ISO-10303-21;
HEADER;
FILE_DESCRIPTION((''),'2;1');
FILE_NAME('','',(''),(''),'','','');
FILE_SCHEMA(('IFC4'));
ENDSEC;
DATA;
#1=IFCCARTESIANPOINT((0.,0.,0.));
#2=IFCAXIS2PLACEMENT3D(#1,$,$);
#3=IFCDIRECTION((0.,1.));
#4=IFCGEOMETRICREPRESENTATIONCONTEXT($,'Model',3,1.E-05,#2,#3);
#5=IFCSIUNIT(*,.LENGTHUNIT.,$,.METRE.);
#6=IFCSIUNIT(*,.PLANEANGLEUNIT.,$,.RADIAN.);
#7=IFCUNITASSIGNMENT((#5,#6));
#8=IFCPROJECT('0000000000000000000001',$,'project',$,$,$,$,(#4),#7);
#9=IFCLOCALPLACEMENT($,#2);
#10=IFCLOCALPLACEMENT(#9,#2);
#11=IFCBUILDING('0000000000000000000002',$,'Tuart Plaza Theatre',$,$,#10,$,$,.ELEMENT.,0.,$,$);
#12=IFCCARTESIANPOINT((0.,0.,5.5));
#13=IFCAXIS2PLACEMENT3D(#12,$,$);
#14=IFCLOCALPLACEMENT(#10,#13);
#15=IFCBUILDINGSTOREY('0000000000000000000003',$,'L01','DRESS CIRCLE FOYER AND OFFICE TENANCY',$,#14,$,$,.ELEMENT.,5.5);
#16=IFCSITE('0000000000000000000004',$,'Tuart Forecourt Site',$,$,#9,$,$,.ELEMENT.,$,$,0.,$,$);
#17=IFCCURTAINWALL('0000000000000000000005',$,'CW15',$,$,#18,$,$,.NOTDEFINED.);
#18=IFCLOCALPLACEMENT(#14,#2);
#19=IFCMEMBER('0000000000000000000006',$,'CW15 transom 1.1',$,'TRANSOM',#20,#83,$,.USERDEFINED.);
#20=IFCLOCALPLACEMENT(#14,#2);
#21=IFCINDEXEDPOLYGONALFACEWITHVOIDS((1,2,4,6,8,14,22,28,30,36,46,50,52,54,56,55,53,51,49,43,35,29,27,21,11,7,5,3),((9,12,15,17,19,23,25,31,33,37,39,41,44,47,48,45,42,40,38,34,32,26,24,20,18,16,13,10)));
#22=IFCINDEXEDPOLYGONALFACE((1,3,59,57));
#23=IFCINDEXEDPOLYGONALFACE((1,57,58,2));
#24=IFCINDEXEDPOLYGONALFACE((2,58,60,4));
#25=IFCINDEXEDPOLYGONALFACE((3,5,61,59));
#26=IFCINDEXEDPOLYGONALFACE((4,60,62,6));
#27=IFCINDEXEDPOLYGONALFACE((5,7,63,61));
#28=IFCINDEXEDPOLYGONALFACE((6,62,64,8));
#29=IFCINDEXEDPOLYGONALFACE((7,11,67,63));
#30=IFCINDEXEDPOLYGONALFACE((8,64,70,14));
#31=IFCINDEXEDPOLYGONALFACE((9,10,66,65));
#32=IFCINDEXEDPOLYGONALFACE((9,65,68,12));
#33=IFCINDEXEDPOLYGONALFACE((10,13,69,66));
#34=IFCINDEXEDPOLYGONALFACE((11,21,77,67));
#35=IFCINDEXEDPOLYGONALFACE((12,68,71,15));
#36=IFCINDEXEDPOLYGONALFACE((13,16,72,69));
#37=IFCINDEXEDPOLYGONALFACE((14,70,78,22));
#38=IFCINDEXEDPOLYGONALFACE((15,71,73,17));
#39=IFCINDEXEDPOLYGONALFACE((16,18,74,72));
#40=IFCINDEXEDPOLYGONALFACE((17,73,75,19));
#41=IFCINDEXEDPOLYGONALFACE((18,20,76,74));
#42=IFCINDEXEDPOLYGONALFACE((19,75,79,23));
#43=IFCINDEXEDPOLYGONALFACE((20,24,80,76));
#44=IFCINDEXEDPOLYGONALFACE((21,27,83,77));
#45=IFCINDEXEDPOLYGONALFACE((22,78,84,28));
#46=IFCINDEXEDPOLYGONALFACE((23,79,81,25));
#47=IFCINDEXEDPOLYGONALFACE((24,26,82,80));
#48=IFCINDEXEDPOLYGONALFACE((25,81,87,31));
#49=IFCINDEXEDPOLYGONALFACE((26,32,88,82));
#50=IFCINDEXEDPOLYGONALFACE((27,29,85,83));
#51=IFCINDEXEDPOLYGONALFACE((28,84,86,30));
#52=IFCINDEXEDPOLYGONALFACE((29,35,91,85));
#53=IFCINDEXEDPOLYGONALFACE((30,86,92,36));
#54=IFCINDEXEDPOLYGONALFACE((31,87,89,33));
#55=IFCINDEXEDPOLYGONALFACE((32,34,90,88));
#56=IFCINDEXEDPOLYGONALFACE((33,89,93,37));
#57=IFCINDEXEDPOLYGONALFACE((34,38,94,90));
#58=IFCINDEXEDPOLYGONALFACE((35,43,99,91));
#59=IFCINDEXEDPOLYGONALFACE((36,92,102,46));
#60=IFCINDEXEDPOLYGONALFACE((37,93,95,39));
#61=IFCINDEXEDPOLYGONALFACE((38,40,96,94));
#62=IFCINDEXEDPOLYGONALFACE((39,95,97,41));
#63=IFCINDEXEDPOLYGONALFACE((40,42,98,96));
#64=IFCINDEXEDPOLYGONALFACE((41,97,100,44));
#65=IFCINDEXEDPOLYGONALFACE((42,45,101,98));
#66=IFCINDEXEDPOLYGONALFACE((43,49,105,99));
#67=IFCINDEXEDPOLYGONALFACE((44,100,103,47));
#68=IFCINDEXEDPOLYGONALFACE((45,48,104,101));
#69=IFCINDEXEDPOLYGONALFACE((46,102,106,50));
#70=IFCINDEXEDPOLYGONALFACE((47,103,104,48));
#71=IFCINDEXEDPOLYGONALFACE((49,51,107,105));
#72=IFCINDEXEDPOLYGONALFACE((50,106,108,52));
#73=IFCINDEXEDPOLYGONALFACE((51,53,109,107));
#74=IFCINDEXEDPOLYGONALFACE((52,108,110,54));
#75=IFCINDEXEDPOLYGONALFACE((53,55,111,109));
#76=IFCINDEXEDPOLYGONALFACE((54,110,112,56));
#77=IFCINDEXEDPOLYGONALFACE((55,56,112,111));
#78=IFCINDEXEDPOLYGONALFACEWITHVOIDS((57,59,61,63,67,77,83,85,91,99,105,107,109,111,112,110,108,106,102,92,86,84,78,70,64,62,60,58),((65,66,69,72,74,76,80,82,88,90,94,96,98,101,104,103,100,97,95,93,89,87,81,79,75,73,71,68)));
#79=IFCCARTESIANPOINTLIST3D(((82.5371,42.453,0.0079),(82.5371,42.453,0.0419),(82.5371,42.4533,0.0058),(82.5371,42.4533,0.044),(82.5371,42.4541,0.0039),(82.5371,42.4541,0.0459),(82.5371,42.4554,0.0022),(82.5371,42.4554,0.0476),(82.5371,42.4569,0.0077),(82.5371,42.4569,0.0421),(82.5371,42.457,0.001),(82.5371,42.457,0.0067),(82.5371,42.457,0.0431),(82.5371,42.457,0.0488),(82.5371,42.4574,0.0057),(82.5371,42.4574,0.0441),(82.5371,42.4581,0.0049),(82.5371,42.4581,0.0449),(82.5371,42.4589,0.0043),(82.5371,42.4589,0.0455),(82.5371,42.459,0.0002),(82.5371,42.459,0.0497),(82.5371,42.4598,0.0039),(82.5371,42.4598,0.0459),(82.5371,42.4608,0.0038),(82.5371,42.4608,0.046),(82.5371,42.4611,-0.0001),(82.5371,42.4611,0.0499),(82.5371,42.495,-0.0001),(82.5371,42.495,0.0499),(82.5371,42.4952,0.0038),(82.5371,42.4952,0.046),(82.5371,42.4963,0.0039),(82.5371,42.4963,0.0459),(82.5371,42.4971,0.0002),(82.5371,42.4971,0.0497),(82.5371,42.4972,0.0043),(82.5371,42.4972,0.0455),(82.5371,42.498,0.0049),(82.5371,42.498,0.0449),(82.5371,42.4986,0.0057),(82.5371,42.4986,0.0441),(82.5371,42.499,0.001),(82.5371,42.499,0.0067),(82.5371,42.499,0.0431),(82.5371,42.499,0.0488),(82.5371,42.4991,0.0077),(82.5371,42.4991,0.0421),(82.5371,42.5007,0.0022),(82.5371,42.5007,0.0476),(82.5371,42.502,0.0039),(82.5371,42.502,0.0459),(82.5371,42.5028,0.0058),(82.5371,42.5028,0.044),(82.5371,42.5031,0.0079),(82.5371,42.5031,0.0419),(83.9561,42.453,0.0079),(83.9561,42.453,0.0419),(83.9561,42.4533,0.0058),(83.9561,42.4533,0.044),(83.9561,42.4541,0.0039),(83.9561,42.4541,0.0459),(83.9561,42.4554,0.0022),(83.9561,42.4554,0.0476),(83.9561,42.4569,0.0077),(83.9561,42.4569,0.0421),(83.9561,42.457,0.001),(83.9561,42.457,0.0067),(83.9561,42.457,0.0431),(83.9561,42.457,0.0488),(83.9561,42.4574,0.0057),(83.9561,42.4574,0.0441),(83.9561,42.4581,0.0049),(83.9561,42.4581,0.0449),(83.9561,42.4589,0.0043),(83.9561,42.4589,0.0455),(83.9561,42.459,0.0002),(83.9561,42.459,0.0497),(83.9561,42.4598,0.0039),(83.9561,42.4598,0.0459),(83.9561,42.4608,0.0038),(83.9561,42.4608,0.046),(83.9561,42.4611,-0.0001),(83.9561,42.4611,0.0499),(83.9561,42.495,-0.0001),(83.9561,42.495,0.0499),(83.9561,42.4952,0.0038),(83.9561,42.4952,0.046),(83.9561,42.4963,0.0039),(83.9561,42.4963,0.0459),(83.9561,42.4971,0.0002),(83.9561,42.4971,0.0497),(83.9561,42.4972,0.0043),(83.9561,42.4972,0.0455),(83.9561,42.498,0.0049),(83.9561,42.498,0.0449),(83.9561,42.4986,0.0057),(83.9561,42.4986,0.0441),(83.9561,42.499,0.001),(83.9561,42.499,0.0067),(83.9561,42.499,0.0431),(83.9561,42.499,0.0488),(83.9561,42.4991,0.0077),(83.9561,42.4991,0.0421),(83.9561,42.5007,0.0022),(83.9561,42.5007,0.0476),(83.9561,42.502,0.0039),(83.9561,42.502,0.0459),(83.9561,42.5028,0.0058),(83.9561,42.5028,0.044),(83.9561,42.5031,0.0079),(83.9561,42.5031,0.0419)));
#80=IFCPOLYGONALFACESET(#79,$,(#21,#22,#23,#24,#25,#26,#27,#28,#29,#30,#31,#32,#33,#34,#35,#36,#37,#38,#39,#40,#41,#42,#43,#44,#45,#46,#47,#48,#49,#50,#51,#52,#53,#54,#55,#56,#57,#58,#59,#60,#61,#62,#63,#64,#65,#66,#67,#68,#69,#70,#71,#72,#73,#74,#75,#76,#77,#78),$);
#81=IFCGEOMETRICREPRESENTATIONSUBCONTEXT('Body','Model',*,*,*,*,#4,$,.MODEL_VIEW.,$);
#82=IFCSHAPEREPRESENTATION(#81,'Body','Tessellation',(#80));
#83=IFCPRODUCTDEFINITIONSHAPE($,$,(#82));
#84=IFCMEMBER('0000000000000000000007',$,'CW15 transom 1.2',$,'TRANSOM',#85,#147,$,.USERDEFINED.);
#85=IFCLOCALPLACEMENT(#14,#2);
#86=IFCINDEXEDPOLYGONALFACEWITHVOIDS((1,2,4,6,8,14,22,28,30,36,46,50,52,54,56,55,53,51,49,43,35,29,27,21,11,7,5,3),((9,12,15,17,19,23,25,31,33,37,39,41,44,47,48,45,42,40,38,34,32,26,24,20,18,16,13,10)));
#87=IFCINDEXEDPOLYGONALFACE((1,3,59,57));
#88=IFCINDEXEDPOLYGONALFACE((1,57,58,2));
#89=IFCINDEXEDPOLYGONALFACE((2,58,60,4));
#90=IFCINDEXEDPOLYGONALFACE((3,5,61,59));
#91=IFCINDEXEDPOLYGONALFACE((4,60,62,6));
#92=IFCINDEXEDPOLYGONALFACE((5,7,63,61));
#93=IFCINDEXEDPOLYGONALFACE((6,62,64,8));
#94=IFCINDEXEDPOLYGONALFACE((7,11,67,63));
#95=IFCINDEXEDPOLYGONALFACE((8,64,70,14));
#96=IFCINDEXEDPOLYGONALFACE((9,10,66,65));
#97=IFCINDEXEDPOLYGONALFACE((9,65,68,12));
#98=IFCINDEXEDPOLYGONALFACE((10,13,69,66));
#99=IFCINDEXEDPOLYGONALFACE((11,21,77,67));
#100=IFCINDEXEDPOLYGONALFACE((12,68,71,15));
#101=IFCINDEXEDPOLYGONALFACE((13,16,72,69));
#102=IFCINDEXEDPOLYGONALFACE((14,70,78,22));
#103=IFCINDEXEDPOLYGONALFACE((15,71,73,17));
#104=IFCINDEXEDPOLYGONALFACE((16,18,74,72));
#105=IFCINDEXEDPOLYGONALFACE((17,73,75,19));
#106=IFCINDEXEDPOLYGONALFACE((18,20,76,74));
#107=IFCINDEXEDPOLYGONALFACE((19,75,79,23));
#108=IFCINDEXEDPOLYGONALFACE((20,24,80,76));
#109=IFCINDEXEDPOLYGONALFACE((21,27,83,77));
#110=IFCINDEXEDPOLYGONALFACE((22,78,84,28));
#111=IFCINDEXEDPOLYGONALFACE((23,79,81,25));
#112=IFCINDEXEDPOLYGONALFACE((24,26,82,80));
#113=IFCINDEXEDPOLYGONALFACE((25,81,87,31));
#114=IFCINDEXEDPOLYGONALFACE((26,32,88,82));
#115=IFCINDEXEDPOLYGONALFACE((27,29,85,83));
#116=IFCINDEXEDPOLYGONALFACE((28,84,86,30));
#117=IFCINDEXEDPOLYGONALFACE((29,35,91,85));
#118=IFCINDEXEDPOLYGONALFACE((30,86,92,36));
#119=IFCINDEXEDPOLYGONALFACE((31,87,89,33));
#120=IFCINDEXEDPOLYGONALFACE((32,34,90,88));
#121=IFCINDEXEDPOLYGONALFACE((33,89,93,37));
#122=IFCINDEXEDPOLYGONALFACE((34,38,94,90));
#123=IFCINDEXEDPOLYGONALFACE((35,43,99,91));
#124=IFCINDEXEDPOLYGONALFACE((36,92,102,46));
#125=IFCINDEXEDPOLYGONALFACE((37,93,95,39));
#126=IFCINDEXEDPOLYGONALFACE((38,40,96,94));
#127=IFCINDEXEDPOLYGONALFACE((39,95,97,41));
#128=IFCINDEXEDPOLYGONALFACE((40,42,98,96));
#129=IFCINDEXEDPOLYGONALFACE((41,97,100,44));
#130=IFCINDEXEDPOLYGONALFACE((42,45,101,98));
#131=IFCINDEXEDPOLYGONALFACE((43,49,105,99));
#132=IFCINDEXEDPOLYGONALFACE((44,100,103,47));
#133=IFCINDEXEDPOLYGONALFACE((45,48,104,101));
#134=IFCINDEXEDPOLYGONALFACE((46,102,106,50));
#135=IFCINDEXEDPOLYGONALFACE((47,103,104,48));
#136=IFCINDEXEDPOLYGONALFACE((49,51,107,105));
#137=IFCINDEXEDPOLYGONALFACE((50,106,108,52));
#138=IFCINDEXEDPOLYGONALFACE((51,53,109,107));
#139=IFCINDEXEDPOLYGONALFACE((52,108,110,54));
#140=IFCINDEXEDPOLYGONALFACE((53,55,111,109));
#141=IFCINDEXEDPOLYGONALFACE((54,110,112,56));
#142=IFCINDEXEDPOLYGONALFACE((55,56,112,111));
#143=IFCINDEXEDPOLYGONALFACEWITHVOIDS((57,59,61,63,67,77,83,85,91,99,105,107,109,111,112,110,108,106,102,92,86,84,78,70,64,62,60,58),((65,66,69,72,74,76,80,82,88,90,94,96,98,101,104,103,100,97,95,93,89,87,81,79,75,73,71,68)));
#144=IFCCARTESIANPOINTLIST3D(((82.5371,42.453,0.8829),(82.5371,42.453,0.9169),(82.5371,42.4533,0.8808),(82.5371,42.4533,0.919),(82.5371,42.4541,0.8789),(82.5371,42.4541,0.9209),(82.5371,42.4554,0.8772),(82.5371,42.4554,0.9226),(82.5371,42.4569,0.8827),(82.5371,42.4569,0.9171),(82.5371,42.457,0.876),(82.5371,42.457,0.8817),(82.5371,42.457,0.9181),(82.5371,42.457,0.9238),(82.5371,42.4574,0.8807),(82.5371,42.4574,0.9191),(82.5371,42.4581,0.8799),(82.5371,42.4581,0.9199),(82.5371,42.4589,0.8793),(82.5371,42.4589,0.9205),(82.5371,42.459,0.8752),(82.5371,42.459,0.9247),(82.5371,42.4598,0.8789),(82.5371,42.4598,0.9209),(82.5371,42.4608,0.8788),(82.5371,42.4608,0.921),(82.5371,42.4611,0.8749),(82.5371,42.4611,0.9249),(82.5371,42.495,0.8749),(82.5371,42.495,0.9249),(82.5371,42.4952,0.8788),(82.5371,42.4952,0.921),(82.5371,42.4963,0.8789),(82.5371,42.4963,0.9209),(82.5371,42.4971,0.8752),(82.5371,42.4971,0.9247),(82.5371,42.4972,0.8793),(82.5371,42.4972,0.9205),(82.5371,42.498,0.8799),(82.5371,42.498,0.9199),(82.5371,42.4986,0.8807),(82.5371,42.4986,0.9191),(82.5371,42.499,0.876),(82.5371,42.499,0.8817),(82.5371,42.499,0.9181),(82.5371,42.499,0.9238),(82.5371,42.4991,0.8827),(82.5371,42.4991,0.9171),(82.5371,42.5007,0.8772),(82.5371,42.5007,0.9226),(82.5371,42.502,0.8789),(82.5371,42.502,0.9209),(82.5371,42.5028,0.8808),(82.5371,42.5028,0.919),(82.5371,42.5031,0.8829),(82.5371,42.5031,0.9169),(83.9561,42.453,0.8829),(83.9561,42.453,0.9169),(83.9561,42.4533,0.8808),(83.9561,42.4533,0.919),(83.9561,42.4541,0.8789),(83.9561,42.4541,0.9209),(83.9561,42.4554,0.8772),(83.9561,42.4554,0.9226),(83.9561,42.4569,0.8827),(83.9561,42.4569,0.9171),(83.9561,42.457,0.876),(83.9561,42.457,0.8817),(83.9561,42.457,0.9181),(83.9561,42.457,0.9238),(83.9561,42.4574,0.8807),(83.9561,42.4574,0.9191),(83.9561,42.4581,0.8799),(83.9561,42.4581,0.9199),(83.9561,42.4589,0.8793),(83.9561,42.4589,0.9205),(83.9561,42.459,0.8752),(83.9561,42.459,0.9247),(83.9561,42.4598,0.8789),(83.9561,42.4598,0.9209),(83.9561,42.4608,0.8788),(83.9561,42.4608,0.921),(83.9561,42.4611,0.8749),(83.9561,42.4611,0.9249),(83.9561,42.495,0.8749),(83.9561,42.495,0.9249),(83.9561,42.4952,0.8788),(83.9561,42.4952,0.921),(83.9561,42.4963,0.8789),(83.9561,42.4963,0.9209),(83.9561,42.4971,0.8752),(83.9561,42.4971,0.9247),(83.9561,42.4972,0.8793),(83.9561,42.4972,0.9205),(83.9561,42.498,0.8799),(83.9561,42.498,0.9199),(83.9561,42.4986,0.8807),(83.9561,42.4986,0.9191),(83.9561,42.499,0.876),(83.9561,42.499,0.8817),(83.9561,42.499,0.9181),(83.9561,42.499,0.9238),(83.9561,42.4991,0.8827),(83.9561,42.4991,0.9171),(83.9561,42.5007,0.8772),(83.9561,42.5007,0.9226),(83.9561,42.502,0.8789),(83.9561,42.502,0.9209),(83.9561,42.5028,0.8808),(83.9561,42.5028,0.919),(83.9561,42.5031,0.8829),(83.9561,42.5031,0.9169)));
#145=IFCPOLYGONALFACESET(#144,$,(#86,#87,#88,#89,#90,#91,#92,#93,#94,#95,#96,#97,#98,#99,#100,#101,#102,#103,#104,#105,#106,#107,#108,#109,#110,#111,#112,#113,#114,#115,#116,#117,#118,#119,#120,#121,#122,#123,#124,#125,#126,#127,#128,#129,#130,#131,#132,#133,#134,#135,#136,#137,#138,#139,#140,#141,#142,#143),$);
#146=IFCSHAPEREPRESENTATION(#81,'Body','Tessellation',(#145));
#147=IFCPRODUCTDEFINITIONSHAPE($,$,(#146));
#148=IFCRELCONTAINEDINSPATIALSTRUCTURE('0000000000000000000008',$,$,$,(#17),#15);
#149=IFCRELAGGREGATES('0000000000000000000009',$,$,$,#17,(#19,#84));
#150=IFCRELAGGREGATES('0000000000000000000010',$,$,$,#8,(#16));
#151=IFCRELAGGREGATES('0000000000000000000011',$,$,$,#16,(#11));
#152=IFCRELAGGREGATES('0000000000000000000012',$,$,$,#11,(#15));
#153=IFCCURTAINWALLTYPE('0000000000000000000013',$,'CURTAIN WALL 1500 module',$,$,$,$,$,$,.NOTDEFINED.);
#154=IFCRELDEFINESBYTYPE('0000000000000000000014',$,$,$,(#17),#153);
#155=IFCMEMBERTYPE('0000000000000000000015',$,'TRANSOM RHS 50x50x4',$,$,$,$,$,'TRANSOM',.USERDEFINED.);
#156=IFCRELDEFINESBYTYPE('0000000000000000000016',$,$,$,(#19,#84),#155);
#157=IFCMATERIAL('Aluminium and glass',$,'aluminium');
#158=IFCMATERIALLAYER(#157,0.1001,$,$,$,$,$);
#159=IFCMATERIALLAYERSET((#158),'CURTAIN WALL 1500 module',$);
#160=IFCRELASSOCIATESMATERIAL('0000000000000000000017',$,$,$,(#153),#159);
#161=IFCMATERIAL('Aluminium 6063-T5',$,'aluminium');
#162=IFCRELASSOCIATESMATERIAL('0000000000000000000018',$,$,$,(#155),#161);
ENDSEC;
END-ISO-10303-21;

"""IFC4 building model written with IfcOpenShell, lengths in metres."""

from ifc_helpers import new_model, si_unit, direction, frame, origin, origin_2d, place, context, subcontext, project, spatial, hollow_rectangle, extrude, material, layer, layer_set, material_profile, profile_set, type_object, element, aggregate, save


model = new_model("IFC4")

# Units and contexts
model_context = context("Model", 3, precision=1e-05, world=origin(), true_north=direction((0.0, 1.0)))
body_context = subcontext(model_context, "Body", "Model", "MODEL_VIEW")
ifc_project = project(units=[si_unit("LENGTHUNIT", "METRE"), si_unit("PLANEANGLEUNIT", "RADIAN")], contexts=[model_context])

# Site, building, storey
site_placement = place(None, origin())
site = spatial("IfcSite", under=ifc_project, at=site_placement, Name="Tuart Forecourt Site", CompositionType="ELEMENT", RefElevation=0.0)
building_placement = place(site_placement, origin())
building = spatial("IfcBuilding", under=site, at=building_placement, Name="Tuart Plaza Theatre", CompositionType="ELEMENT", ElevationOfRefHeight=0.0)
storey_placement = place(building_placement, frame((0.0, 0.0, 5.5)))
storey = spatial("IfcBuildingStorey", under=building, at=storey_placement, Name="L01", Description="DRESS CIRCLE FOYER AND OFFICE TENANCY", CompositionType="ELEMENT", Elevation=5.5)

# Curtain wall, members
ifc_material_1 = material(Name="Aluminium and glass", Category="aluminium")
ifc_layer_1 = layer(ifc_material_1, 0.1001)
ifc_layer_set_1 = layer_set([ifc_layer_1], Name="CURTAIN WALL 1500 module")
curtain_wall_type = type_object("IfcCurtainWallType", Name="CURTAIN WALL 1500 module", PredefinedType="NOTDEFINED", material=ifc_layer_set_1)
curtain_wall_placement = place(storey_placement, origin())
curtain_wall = element("IfcCurtainWall", 1, at=curtain_wall_placement, inside=storey, type_object=curtain_wall_type, Name="CW15", PredefinedType="NOTDEFINED")
ifc_material_2 = material(Name="Aluminium 6063-T5", Category="aluminium")
ifc_material_profile_1 = material_profile(ifc_material_2, hollow_rectangle(XDim=0.05, YDim=0.05, WallThickness=0.0039, InnerFilletRadius=0.0039, OuterFilletRadius=0.0081, at=origin_2d()), Name="RHS 50x50x4")
ifc_profile_set_1 = profile_set([ifc_material_profile_1], Name="Aluminium 6063-T5")
member_type_1 = type_object("IfcMemberType", Name="TRANSOM RHS 50x50x4", ElementType="TRANSOM", PredefinedType="USERDEFINED", material=ifc_profile_set_1)
member_1_placement = place(storey_placement, frame((82.5371, 42.478, 0.0249), z_axis=(1.0, 0.0, 0.0), x_axis=(0.0, 1.0, 0.0)))
member_1 = element("IfcMember", 2, at=member_1_placement, type_object=member_type_1, Name="CW15 transom 1.1", ObjectType="TRANSOM", PredefinedType="USERDEFINED", context=body_context, shape_type="SweptSolid", body=[
    extrude(hollow_rectangle(XDim=0.05, YDim=0.05, WallThickness=0.0039, InnerFilletRadius=0.0039, OuterFilletRadius=0.0081, at=origin_2d()), origin(), (0.0, 0.0, 1.0), 1.4189),
])
member_2_placement = place(storey_placement, frame((82.5371, 42.478, 0.8999), z_axis=(1.0, 0.0, 0.0), x_axis=(0.0, 1.0, 0.0)))
member_2 = element("IfcMember", 3, at=member_2_placement, type_object=member_type_1, Name="CW15 transom 1.2", ObjectType="TRANSOM", PredefinedType="USERDEFINED", context=body_context, shape_type="SweptSolid", body=[
    extrude(hollow_rectangle(XDim=0.05, YDim=0.05, WallThickness=0.0039, InnerFilletRadius=0.0039, OuterFilletRadius=0.0081, at=origin_2d()), origin(), (0.0, 0.0, 1.0), 1.4189),
])
aggregate(curtain_wall, [member_1, member_2])

save(model, "model.ifc")
